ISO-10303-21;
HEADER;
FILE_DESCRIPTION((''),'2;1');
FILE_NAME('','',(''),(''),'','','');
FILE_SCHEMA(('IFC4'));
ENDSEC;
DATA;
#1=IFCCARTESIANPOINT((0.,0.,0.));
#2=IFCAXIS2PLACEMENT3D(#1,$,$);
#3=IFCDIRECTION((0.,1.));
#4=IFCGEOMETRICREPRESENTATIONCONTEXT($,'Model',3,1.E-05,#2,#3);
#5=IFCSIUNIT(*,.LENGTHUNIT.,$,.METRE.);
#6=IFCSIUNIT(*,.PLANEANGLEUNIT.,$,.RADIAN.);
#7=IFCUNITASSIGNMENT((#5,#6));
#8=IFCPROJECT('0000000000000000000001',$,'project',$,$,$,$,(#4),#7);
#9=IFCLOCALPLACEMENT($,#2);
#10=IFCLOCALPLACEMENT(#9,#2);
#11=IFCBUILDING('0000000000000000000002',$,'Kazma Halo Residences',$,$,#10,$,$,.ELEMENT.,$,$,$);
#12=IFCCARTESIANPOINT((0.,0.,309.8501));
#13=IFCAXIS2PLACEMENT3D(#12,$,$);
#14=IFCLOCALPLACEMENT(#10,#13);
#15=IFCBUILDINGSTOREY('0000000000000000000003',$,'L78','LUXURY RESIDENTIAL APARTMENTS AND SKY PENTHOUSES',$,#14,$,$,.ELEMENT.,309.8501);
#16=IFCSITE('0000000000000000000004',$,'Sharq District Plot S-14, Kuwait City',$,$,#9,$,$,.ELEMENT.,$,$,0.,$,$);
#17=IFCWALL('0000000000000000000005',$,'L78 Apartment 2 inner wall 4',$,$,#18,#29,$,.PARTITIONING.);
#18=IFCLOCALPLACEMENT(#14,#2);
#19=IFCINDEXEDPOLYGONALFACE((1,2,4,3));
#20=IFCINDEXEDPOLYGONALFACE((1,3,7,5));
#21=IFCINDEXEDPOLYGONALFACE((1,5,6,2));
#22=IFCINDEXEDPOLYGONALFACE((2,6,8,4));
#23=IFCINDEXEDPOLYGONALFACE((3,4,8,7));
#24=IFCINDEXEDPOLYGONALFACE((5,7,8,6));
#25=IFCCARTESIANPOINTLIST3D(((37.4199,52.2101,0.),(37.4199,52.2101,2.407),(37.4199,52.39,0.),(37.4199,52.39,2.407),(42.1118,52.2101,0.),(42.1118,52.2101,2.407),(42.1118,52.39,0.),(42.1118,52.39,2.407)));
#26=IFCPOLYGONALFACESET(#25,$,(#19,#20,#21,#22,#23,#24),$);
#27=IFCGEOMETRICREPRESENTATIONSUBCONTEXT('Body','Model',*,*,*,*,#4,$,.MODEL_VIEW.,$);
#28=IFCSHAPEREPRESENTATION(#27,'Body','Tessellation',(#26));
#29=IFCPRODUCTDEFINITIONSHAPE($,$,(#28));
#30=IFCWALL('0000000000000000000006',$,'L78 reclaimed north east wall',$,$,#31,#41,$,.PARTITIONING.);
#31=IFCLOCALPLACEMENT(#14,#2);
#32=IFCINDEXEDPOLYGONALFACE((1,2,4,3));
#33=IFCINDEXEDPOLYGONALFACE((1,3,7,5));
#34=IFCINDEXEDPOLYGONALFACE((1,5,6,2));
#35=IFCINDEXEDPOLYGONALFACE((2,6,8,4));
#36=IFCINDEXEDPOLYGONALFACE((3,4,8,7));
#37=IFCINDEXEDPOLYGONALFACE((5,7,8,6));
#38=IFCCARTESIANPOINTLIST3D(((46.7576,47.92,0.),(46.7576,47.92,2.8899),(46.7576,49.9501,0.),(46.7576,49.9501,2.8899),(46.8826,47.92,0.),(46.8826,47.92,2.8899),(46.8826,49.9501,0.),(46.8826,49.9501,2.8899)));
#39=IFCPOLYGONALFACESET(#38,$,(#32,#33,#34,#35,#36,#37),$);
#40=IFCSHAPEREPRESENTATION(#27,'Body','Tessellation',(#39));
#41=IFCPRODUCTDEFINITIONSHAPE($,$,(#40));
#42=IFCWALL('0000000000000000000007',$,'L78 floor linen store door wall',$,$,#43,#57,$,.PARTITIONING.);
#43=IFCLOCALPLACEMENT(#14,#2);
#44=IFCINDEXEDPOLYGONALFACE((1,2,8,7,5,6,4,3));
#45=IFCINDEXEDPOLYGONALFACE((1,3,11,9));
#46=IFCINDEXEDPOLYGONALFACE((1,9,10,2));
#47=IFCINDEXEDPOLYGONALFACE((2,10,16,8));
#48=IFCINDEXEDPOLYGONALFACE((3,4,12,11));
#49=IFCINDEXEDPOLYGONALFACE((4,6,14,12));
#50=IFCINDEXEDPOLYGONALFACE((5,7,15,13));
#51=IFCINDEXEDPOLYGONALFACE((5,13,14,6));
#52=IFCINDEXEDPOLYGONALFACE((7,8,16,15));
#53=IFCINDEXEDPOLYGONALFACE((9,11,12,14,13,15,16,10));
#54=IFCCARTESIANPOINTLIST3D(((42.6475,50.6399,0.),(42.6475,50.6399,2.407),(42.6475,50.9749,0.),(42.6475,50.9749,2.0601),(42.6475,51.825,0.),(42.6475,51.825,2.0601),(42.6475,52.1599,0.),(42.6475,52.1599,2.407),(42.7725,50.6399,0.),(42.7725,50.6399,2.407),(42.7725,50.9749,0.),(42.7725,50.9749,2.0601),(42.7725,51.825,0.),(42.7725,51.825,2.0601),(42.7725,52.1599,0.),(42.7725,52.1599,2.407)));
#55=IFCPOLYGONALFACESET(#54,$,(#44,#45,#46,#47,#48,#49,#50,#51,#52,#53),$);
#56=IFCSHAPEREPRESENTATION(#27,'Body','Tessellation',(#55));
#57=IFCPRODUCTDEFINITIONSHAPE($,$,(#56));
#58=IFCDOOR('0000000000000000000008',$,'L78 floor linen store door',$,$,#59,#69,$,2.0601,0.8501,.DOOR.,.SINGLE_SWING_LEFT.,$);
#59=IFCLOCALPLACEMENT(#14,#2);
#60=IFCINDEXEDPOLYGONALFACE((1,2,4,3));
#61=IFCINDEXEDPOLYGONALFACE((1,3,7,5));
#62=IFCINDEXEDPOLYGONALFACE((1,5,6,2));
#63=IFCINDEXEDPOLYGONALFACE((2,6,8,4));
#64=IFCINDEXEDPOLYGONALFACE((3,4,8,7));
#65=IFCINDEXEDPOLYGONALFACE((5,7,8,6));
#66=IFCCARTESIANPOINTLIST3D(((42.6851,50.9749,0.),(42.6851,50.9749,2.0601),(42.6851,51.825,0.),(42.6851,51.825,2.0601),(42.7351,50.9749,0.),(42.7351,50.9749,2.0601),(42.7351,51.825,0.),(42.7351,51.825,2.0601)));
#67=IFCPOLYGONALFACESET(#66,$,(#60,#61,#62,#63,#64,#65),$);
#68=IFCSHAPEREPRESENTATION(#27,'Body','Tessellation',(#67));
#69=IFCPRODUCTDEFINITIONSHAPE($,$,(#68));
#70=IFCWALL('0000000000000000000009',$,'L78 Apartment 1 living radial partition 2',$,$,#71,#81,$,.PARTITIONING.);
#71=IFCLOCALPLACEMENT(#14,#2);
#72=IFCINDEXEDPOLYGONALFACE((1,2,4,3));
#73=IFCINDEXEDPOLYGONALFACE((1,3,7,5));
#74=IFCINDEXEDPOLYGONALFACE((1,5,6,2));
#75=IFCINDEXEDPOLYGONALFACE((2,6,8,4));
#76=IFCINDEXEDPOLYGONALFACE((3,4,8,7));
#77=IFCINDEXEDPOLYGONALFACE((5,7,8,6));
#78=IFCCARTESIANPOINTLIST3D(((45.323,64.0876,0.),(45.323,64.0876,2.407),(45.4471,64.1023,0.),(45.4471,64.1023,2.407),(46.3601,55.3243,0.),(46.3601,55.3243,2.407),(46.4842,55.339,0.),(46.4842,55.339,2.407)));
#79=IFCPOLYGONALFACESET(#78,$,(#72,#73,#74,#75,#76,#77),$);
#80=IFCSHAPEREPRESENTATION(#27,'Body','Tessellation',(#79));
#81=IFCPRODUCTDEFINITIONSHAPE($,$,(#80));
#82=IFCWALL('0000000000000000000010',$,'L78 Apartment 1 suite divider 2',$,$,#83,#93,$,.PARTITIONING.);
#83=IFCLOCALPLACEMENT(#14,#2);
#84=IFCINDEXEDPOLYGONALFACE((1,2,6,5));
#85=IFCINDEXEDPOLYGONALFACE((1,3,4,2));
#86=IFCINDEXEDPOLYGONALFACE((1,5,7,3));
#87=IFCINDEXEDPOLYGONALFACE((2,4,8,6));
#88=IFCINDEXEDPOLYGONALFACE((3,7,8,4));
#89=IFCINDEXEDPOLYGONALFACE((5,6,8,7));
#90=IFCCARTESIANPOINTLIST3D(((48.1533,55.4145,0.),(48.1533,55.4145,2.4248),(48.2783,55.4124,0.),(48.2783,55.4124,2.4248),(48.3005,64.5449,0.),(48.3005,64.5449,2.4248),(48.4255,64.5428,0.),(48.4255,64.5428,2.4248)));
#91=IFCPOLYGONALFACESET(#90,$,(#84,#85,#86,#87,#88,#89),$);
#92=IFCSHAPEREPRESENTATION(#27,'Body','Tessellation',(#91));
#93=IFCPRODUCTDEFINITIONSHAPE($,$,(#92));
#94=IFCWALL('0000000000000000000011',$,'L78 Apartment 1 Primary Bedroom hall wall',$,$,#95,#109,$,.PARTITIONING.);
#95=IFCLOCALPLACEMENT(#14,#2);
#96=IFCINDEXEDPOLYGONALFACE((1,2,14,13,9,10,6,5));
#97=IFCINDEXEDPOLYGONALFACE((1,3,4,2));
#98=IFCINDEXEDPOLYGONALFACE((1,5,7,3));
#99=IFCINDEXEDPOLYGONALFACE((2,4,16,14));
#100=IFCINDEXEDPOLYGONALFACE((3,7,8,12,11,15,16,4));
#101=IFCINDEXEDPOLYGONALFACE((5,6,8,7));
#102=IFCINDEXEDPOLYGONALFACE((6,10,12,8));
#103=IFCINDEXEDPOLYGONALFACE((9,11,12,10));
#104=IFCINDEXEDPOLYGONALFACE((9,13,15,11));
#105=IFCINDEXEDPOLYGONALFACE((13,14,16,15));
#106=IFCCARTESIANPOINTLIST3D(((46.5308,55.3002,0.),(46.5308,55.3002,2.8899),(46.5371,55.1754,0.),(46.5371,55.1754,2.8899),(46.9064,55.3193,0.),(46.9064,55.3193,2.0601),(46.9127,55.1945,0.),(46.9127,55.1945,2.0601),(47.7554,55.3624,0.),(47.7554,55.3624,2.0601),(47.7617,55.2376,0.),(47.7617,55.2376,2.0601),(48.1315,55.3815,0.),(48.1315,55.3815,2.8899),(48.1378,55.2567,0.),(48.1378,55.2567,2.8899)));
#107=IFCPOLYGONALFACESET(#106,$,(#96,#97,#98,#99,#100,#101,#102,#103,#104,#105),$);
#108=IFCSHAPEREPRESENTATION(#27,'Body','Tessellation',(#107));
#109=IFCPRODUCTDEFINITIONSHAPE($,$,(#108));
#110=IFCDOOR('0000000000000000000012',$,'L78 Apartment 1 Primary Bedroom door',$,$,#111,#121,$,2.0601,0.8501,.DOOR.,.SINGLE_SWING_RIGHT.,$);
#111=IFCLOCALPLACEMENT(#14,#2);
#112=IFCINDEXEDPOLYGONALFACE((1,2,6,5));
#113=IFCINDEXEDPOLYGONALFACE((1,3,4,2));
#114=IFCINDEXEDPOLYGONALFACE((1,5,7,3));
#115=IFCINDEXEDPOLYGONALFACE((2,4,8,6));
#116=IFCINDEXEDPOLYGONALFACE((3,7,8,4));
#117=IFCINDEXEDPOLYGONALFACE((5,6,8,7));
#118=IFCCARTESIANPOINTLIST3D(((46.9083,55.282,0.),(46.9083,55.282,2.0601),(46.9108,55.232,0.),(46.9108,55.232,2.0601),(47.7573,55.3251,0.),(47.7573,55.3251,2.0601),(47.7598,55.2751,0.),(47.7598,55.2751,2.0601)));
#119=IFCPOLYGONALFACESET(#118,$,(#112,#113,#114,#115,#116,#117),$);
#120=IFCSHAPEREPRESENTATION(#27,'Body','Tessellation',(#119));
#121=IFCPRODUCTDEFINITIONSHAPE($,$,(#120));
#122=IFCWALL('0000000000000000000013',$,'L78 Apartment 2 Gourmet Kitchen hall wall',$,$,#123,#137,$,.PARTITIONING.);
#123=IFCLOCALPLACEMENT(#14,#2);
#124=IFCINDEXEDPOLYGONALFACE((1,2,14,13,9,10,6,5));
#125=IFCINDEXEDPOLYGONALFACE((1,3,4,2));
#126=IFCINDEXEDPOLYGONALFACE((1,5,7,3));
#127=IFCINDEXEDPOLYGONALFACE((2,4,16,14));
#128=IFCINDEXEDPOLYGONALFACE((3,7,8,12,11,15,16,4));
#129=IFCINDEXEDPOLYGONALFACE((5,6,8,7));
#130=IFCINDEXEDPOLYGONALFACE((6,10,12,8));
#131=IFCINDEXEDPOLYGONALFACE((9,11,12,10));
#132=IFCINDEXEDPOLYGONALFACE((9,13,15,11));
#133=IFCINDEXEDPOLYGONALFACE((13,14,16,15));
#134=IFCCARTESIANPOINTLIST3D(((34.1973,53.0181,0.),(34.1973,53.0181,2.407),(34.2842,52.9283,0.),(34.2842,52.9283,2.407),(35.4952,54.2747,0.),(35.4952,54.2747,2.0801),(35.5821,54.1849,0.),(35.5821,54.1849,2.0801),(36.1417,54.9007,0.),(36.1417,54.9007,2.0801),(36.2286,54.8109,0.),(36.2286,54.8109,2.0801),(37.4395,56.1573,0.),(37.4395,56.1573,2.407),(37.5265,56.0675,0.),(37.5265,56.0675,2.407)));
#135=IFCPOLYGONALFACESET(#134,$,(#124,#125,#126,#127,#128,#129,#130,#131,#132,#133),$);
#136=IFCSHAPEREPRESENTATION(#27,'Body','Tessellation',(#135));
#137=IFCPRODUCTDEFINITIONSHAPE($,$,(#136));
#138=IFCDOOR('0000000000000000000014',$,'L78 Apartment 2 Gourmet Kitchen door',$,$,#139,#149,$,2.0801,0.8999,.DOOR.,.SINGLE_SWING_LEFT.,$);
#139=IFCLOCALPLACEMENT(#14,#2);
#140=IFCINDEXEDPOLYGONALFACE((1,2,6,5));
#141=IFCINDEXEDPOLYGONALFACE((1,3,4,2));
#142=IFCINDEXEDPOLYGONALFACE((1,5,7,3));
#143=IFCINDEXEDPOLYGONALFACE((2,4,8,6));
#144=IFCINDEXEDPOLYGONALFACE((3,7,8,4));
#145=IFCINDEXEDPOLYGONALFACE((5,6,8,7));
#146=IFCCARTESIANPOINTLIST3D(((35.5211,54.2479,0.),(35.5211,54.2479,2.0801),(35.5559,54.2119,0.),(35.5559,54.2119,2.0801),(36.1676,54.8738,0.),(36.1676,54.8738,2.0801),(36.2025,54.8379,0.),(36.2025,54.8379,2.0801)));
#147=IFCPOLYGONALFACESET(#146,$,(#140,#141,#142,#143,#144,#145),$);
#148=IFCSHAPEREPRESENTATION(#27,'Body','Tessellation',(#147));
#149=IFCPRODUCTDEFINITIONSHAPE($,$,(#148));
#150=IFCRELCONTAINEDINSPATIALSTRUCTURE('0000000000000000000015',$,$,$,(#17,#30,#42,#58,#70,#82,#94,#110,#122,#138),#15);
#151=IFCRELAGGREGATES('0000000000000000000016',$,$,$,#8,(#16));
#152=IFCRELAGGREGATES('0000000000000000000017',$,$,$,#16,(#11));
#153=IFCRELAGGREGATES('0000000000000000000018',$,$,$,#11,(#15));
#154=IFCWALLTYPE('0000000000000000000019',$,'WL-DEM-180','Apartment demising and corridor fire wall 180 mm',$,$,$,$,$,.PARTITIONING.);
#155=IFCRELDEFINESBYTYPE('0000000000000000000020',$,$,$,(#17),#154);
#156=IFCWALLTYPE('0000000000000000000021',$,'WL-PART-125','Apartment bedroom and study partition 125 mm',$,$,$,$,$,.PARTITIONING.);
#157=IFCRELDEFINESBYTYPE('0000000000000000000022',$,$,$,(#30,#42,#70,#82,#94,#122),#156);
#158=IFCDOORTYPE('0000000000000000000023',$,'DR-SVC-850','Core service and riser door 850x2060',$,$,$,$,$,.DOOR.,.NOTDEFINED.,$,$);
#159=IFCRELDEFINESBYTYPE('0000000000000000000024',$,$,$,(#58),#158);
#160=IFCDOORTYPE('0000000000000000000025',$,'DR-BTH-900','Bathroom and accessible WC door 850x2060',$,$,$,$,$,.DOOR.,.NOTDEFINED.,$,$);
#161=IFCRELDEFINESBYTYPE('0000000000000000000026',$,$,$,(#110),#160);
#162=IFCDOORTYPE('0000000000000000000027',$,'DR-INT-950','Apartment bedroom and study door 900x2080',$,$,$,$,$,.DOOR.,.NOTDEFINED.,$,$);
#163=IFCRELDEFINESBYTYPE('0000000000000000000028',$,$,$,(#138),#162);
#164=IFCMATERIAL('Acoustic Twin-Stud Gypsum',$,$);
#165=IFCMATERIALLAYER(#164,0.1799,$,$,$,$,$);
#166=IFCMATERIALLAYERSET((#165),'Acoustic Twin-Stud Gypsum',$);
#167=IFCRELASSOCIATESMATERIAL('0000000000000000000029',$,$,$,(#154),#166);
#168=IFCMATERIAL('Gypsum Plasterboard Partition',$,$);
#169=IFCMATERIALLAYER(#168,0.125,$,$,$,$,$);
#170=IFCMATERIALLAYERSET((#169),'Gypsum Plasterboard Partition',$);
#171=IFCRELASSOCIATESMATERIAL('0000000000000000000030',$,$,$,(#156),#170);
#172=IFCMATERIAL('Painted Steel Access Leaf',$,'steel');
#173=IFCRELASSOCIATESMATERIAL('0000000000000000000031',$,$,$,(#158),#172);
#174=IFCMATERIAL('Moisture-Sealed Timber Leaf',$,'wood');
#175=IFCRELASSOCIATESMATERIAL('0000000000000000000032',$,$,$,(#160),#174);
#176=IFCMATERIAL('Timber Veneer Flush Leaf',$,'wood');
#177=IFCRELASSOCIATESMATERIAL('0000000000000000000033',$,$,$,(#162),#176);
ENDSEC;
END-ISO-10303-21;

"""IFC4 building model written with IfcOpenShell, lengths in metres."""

from ifc_helpers import new_model, si_unit, direction, frame, frame_2d, origin, place, context, subcontext, project, spatial, rectangle, extrude, material, layer, layer_set, type_object, element, fill, save


model = new_model("IFC4")

# Units and contexts
model_context = context("Model", 3, precision=1e-05, world=origin(), true_north=direction((0.0, 1.0)))
body_context = subcontext(model_context, "Body", "Model", "MODEL_VIEW")
ifc_project = project(units=[si_unit("LENGTHUNIT", "METRE"), si_unit("PLANEANGLEUNIT", "RADIAN")], contexts=[model_context])

# Site, building, storey
site_placement = place(None, origin())
site = spatial("IfcSite", under=ifc_project, at=site_placement, Name="Sharq District Plot S-14, Kuwait City", CompositionType="ELEMENT", RefElevation=0.0)
building_placement = place(site_placement, origin())
building = spatial("IfcBuilding", under=site, at=building_placement, Name="Kazma Halo Residences", CompositionType="ELEMENT")
storey_placement = place(building_placement, frame((0.0, 0.0, 309.8501)))
storey = spatial("IfcBuildingStorey", under=building, at=storey_placement, Name="L78", Description="LUXURY RESIDENTIAL APARTMENTS AND SKY PENTHOUSES", CompositionType="ELEMENT", Elevation=309.8501)

# Shared definitions
ifc_material_1 = material(Name="Acoustic Twin-Stud Gypsum")
ifc_layer_1 = layer(ifc_material_1, 0.1799)
ifc_layer_set_1 = layer_set([ifc_layer_1], Name="Acoustic Twin-Stud Gypsum")
wall_type_1 = type_object("IfcWallType", Name="WL-DEM-180", Description="Apartment demising and corridor fire wall 180 mm", PredefinedType="PARTITIONING", material=ifc_layer_set_1)

# Wall
wall_1_placement = place(storey_placement, frame((42.1118, 52.3, 0.0), z_axis=(0.0, 0.0, 1.0), x_axis=(-1.0, 0.0, 0.0)))
element("IfcWall", 1, at=wall_1_placement, inside=storey, type_object=wall_type_1, Name="L78 Apartment 2 inner wall 4", PredefinedType="PARTITIONING", context=body_context, shape_type="SweptSolid", body=[
    extrude(rectangle(XDim=4.6919, YDim=0.1799, at=frame_2d((2.3459, 0.0))), origin(), (0.0, 0.0, 1.0), 2.407),
])

# Wall
ifc_material_2 = material(Name="Gypsum Plasterboard Partition")
ifc_layer_2 = layer(ifc_material_2, 0.125)
ifc_layer_set_2 = layer_set([ifc_layer_2], Name="Gypsum Plasterboard Partition")
wall_type_2 = type_object("IfcWallType", Name="WL-PART-125", Description="Apartment bedroom and study partition 125 mm", PredefinedType="PARTITIONING", material=ifc_layer_set_2)
wall_2_placement = place(storey_placement, frame((46.8201, 47.9199, 0.0), z_axis=(0.0, 0.0, 1.0), x_axis=(0.0, 1.0, 0.0)))
element("IfcWall", 2, at=wall_2_placement, inside=storey, type_object=wall_type_2, Name="L78 reclaimed north east wall", PredefinedType="PARTITIONING", context=body_context, shape_type="SweptSolid", body=[
    extrude(rectangle(XDim=2.03, YDim=0.125, at=frame_2d((1.0151, 0.0))), origin(), (0.0, 0.0, 1.0), 2.8899),
])

# Wall, opening, door
wall_3_placement = place(storey_placement, frame((42.71, 50.6399, 0.0), z_axis=(0.0, 0.0, 1.0), x_axis=(0.0, 1.0, 0.0)))
wall_3 = element("IfcWall", 3, at=wall_3_placement, inside=storey, type_object=wall_type_2, Name="L78 floor linen store door wall", PredefinedType="PARTITIONING", context=body_context, shape_type="SweptSolid", body=[
    extrude(rectangle(XDim=1.52, YDim=0.125, at=frame_2d((0.76, 0.0))), origin(), (0.0, 0.0, 1.0), 2.407),
])
opening_1_placement = place(wall_3_placement, frame((0.335, 0.0, 0.0)))
opening_1 = element("IfcOpeningElement", 4, at=opening_1_placement, cuts=wall_3, PredefinedType="OPENING", context=body_context, shape_type="SweptSolid", body=[
    extrude(rectangle(XDim=0.8501, YDim=2.0601, at=frame_2d((0.425, 1.03))), frame((0.0, 0.0725, 0.0), z_axis=(0.0, -1.0, 0.0), x_axis=(1.0, 0.0, 0.0)), (0.0, 0.0, 1.0), 0.145),
])
ifc_material_3 = material(Name="Painted Steel Access Leaf", Category="steel")
door_type_1 = type_object("IfcDoorType", Name="DR-SVC-850", Description="Core service and riser door 850x2060", OperationType="NOTDEFINED", PredefinedType="DOOR", material=ifc_material_3)
door_1_placement = place(opening_1_placement, origin())
door_1 = element("IfcDoor", 5, at=door_1_placement, inside=storey, type_object=door_type_1, Name="L78 floor linen store door", OperationType="SINGLE_SWING_LEFT", OverallHeight=2.0601, OverallWidth=0.8501, PredefinedType="DOOR", context=body_context, shape_type="SweptSolid", body=[
    extrude(rectangle(XDim=0.8501, YDim=2.0601, at=frame_2d((0.425, 1.03))), frame((0.0, 0.0249, 0.0), z_axis=(0.0, -1.0, 0.0), x_axis=(1.0, 0.0, 0.0)), (0.0, 0.0, 1.0), 0.05),
])
fill(opening_1, door_1)

# Walls
wall_4_placement = place(storey_placement, frame((46.4221, 55.3318, 0.0), z_axis=(0.0, 0.0, 1.0), x_axis=(-0.117525, 0.99307, 0.0)))
element("IfcWall", 6, at=wall_4_placement, inside=storey, type_object=wall_type_2, Name="L78 Apartment 1 living radial partition 2", PredefinedType="PARTITIONING", context=body_context, shape_type="SweptSolid", body=[
    extrude(rectangle(XDim=8.8245, YDim=0.125, at=frame_2d((4.4121, 0.0))), origin(), (0.0, 0.0, 1.0), 2.407),
])
wall_5_placement = place(storey_placement, frame((48.2158, 55.4133, 0.0), z_axis=(0.0, 0.0, 1.0), x_axis=(0.016122, 0.99987, 0.0)))
element("IfcWall", 7, at=wall_5_placement, inside=storey, type_object=wall_type_2, Name="L78 Apartment 1 suite divider 2", PredefinedType="PARTITIONING", context=body_context, shape_type="SweptSolid", body=[
    extrude(rectangle(XDim=9.1316, YDim=0.125, at=frame_2d((4.5659, 0.0))), origin(), (0.0, 0.0, 1.0), 2.4248),
])

# Walls, openings, doors
wall_6_placement = place(storey_placement, frame((48.1345, 55.3191, 0.0), z_axis=(0.0, 0.0, 1.0), x_axis=(-0.998713, -0.05072, 0.0)))
wall_6 = element("IfcWall", 8, at=wall_6_placement, inside=storey, type_object=wall_type_2, Name="L78 Apartment 1 Primary Bedroom hall wall", PredefinedType="PARTITIONING", context=body_context, shape_type="SweptSolid", body=[
    extrude(rectangle(XDim=1.6028, YDim=0.125, at=frame_2d((0.8013, 0.0))), origin(), (0.0, 0.0, 1.0), 2.8899),
])
opening_2_placement = place(wall_6_placement, frame((0.3765, 0.0, 0.0)))
opening_2 = element("IfcOpeningElement", 9, at=opening_2_placement, cuts=wall_6, PredefinedType="OPENING", context=body_context, shape_type="SweptSolid", body=[
    extrude(rectangle(XDim=0.8501, YDim=2.0601, at=frame_2d((0.425, 1.03))), frame((0.0, 0.0725, 0.0), z_axis=(0.0, -1.0, 0.0), x_axis=(1.0, 0.0, 0.0)), (0.0, 0.0, 1.0), 0.145),
])
ifc_material_4 = material(Name="Moisture-Sealed Timber Leaf", Category="wood")
door_type_2 = type_object("IfcDoorType", Name="DR-BTH-900", Description="Bathroom and accessible WC door 850x2060", OperationType="NOTDEFINED", PredefinedType="DOOR", material=ifc_material_4)
door_2_placement = place(opening_2_placement, origin())
door_2 = element("IfcDoor", 10, at=door_2_placement, inside=storey, type_object=door_type_2, Name="L78 Apartment 1 Primary Bedroom door", OperationType="SINGLE_SWING_RIGHT", OverallHeight=2.0601, OverallWidth=0.8501, PredefinedType="DOOR", context=body_context, shape_type="SweptSolid", body=[
    extrude(rectangle(XDim=0.8501, YDim=2.0601, at=frame_2d((0.425, 1.03))), frame((0.0, 0.0249, 0.0), z_axis=(0.0, -1.0, 0.0), x_axis=(1.0, 0.0, 0.0)), (0.0, 0.0, 1.0), 0.05),
])
fill(opening_2, door_2)
wall_7_placement = place(storey_placement, frame((37.4829, 56.1123, 0.0), z_axis=(0.0, 0.0, 1.0), x_axis=(-0.718429, -0.6956, 0.0)))
wall_7 = element("IfcWall", 11, at=wall_7_placement, inside=storey, type_object=wall_type_2, Name="L78 Apartment 2 Gourmet Kitchen hall wall", PredefinedType="PARTITIONING", context=body_context, shape_type="SweptSolid", body=[
    extrude(rectangle(XDim=4.5129, YDim=0.125, at=frame_2d((2.2563, 0.0))), origin(), (0.0, 0.0, 1.0), 2.407),
])
opening_3_placement = place(wall_7_placement, frame((1.8064, 0.0, 0.0)))
opening_3 = element("IfcOpeningElement", 12, at=opening_3_placement, cuts=wall_7, PredefinedType="OPENING", context=body_context, shape_type="SweptSolid", body=[
    extrude(rectangle(XDim=0.8999, YDim=2.0801, at=frame_2d((0.45, 1.04))), frame((0.0, 0.0725, 0.0), z_axis=(0.0, -1.0, 0.0), x_axis=(1.0, 0.0, 0.0)), (0.0, 0.0, 1.0), 0.145),
])
ifc_material_5 = material(Name="Timber Veneer Flush Leaf", Category="wood")
door_type_3 = type_object("IfcDoorType", Name="DR-INT-950", Description="Apartment bedroom and study door 900x2080", OperationType="NOTDEFINED", PredefinedType="DOOR", material=ifc_material_5)
door_3_placement = place(opening_3_placement, origin())
door_3 = element("IfcDoor", 13, at=door_3_placement, inside=storey, type_object=door_type_3, Name="L78 Apartment 2 Gourmet Kitchen door", OperationType="SINGLE_SWING_LEFT", OverallHeight=2.0801, OverallWidth=0.8999, PredefinedType="DOOR", context=body_context, shape_type="SweptSolid", body=[
    extrude(rectangle(XDim=0.8999, YDim=2.0801, at=frame_2d((0.45, 1.04))), frame((0.0, 0.0249, 0.0), z_axis=(0.0, -1.0, 0.0), x_axis=(1.0, 0.0, 0.0)), (0.0, 0.0, 1.0), 0.05),
])
fill(opening_3, door_3)

save(model, "model.ifc")
